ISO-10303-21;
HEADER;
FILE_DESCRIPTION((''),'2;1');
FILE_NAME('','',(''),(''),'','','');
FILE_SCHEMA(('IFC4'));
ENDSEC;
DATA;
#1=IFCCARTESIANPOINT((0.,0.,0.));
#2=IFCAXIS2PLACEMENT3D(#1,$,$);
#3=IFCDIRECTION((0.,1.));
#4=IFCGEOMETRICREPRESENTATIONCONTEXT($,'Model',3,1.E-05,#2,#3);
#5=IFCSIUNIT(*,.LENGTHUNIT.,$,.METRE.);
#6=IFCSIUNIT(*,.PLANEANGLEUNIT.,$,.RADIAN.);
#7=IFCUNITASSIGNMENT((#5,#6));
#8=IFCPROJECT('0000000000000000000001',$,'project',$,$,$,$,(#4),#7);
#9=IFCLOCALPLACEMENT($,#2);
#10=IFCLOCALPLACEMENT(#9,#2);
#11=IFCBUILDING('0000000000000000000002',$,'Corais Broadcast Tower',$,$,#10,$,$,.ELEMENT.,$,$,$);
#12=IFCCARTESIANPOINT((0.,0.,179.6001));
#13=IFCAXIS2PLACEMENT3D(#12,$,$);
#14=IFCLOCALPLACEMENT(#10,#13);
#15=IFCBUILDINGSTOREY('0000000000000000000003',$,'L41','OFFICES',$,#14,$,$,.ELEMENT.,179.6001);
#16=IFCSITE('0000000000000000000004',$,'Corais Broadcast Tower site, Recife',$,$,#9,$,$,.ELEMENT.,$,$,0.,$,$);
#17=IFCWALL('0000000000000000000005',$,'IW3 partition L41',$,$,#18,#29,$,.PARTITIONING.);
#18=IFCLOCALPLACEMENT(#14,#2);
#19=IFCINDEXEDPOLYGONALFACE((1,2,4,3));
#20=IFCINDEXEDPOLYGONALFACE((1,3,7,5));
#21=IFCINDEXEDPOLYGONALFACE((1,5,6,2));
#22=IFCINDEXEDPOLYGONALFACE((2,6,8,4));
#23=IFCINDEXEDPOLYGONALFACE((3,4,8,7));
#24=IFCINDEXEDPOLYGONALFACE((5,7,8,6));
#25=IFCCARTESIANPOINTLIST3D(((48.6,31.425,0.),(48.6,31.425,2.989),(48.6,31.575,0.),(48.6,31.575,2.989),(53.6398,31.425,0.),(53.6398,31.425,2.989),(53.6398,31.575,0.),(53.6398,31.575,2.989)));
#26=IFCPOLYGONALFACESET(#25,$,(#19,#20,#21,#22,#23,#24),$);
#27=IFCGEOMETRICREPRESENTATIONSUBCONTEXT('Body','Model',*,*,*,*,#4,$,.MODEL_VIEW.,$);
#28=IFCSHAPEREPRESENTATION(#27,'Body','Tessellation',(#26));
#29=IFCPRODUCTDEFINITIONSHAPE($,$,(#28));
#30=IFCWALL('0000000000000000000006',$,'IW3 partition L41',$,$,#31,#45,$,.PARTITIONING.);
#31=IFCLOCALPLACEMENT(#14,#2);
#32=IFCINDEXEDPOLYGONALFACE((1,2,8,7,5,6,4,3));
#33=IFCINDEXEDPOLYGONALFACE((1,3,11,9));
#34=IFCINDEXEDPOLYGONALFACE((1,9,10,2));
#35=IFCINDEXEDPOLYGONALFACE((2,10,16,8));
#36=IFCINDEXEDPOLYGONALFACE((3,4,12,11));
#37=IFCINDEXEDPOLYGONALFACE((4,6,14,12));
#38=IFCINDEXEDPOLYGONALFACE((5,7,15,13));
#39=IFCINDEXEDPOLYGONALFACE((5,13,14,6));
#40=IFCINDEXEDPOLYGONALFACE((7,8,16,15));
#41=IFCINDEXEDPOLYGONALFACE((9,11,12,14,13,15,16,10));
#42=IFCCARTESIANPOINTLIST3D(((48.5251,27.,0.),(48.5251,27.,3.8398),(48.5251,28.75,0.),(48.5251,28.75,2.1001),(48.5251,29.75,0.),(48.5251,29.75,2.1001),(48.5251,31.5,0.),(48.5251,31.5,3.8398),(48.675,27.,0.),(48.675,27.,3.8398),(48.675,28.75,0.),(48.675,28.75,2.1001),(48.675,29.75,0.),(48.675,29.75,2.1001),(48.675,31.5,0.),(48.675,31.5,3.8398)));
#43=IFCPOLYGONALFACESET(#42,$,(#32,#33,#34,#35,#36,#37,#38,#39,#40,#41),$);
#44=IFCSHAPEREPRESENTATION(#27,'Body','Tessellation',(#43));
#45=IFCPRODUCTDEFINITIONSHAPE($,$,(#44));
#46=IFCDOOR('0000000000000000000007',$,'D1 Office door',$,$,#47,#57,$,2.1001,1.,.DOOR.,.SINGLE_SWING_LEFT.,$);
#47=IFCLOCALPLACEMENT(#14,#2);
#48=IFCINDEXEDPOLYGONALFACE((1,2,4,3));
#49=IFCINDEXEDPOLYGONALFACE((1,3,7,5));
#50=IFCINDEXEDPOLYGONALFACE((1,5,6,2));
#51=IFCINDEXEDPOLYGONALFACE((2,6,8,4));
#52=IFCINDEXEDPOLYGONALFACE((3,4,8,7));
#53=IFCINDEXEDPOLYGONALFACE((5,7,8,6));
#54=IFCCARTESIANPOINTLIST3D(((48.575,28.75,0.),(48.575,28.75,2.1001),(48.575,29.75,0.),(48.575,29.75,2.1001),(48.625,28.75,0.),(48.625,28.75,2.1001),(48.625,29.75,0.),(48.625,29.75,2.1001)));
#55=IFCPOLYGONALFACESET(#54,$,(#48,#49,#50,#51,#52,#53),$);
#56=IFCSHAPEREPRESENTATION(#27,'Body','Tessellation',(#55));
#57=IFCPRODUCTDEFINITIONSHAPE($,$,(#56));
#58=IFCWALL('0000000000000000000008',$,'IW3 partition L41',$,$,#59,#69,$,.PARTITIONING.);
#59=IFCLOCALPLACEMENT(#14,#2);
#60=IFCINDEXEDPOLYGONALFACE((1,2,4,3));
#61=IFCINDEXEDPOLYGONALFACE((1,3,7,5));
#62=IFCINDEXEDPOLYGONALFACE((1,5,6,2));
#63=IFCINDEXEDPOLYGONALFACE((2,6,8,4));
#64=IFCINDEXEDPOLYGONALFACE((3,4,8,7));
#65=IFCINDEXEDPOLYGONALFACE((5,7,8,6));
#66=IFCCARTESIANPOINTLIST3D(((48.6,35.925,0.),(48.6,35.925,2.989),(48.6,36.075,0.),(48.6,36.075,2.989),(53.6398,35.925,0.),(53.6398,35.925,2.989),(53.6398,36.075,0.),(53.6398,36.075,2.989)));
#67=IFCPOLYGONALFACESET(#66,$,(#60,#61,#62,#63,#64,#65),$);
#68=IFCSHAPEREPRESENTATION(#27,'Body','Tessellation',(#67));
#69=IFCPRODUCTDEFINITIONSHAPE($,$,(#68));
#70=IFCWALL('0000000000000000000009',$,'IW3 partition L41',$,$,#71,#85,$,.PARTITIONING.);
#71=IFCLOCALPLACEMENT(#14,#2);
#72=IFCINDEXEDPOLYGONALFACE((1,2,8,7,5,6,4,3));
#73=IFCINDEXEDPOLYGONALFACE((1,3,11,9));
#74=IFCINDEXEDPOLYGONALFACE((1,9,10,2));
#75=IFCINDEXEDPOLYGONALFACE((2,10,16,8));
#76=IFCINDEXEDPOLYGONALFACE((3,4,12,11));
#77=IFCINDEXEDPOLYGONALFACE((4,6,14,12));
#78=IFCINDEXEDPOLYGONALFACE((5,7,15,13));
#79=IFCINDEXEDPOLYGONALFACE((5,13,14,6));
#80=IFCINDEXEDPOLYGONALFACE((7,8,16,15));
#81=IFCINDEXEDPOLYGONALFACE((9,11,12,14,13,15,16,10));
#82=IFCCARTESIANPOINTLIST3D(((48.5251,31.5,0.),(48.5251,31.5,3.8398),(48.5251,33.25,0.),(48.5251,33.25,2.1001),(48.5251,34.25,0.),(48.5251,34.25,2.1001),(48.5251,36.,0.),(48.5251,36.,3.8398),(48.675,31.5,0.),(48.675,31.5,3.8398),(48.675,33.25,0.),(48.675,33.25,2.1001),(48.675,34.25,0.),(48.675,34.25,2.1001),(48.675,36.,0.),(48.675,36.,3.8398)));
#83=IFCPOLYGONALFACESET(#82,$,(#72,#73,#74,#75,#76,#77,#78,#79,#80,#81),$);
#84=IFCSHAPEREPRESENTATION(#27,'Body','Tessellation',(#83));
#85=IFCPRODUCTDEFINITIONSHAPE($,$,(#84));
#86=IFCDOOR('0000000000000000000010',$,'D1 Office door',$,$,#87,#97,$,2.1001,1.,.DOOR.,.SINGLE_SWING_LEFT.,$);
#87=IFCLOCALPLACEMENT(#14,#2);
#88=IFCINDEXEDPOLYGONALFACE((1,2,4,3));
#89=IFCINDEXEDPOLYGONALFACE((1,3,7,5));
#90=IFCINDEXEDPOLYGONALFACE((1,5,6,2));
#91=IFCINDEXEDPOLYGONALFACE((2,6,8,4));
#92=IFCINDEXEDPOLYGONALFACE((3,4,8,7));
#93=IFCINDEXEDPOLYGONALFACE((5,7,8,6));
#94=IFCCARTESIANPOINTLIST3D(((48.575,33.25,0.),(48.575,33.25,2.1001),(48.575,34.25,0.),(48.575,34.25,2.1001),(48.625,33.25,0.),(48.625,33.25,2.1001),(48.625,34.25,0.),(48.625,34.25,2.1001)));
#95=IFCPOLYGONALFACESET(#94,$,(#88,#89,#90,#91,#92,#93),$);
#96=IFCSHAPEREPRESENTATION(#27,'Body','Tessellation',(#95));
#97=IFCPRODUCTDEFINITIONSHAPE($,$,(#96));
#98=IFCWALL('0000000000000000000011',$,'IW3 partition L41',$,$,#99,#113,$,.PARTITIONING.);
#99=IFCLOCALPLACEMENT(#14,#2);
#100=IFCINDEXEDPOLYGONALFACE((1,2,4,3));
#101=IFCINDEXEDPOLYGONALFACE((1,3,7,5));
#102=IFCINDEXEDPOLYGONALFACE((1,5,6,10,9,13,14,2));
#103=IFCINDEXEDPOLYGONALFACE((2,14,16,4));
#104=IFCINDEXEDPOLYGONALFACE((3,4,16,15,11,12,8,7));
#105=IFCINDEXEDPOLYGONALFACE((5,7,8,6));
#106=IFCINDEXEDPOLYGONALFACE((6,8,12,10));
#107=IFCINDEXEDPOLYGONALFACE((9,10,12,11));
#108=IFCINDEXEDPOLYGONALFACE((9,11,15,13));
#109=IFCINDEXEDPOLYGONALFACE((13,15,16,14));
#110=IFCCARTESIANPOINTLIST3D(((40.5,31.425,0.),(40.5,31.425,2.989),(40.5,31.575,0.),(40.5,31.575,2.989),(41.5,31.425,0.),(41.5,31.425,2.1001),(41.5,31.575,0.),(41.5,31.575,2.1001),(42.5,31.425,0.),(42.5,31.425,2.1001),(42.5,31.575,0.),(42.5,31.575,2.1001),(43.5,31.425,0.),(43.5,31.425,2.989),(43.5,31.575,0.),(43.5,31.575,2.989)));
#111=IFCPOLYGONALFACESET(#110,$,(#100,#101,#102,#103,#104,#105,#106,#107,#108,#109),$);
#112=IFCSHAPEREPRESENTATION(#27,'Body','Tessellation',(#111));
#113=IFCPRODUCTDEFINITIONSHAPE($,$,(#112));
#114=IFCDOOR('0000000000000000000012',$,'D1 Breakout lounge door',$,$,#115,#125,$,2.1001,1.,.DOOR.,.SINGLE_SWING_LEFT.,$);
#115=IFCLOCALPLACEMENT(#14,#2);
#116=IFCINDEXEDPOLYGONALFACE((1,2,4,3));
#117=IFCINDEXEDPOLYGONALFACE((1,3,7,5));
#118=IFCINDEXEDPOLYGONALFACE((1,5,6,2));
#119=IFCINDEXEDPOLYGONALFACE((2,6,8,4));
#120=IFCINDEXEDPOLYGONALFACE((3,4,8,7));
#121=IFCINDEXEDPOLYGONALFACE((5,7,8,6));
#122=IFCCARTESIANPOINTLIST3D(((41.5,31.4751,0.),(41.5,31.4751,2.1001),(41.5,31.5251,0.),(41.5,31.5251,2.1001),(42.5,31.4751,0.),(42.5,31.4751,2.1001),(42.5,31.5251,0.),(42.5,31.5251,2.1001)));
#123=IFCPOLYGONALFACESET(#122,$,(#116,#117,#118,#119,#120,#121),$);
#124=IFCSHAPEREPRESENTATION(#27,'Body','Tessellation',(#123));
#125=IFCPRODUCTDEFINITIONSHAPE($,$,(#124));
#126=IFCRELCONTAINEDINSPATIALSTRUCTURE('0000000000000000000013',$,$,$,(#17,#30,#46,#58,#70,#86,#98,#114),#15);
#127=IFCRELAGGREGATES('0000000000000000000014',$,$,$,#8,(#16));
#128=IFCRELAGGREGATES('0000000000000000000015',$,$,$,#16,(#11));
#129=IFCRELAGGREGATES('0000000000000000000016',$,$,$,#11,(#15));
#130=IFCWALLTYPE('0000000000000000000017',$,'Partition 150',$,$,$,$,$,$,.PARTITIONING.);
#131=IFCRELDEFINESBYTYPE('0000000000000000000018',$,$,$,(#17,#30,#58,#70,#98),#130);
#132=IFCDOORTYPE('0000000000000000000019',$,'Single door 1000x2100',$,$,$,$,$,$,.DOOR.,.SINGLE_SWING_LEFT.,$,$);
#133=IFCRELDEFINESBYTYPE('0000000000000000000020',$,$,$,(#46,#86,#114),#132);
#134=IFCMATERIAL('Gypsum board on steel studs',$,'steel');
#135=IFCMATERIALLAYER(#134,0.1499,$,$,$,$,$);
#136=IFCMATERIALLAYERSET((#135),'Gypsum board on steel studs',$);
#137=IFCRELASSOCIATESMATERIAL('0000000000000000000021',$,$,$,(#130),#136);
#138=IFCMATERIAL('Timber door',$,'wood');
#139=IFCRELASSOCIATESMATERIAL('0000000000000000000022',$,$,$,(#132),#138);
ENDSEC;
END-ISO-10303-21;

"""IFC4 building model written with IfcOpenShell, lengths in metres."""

from ifc_helpers import new_model, si_unit, direction, frame, frame_2d, origin, place, context, subcontext, project, spatial, rectangle, extrude, material, layer, layer_set, type_object, element, fill, save


model = new_model("IFC4")

# Units and contexts
model_context = context("Model", 3, precision=1e-05, world=origin(), true_north=direction((0.0, 1.0)))
body_context = subcontext(model_context, "Body", "Model", "MODEL_VIEW")
ifc_project = project(units=[si_unit("LENGTHUNIT", "METRE"), si_unit("PLANEANGLEUNIT", "RADIAN")], contexts=[model_context])

# Site, building, storey
site_placement = place(None, origin())
site = spatial("IfcSite", under=ifc_project, at=site_placement, Name="Corais Broadcast Tower site, Recife", CompositionType="ELEMENT", RefElevation=0.0)
building_placement = place(site_placement, origin())
building = spatial("IfcBuilding", under=site, at=building_placement, Name="Corais Broadcast Tower", CompositionType="ELEMENT")
storey_placement = place(building_placement, frame((0.0, 0.0, 179.6001)))
storey = spatial("IfcBuildingStorey", under=building, at=storey_placement, Name="L41", Description="OFFICES", CompositionType="ELEMENT", Elevation=179.6001)

# Shared definitions
ifc_material_1 = material(Name="Gypsum board on steel studs", Category="steel")
ifc_layer_1 = layer(ifc_material_1, 0.1499)
ifc_layer_set_1 = layer_set([ifc_layer_1], Name="Gypsum board on steel studs")
wall_type = type_object("IfcWallType", Name="Partition 150", PredefinedType="PARTITIONING", material=ifc_layer_set_1)

# Shared definitions
ifc_material_2 = material(Name="Timber door", Category="wood")
door_type = type_object("IfcDoorType", Name="Single door 1000x2100", OperationType="SINGLE_SWING_LEFT", PredefinedType="DOOR", material=ifc_material_2)

# Wall
wall_1_placement = place(storey_placement, frame((53.6399, 31.5, 0.0), z_axis=(0.0, 0.0, 1.0), x_axis=(-1.0, 0.0, 0.0)))
element("IfcWall", 1, at=wall_1_placement, inside=storey, type_object=wall_type, Name="IW3 partition L41", PredefinedType="PARTITIONING", context=body_context, shape_type="SweptSolid", body=[
    extrude(rectangle(XDim=5.0398, YDim=0.1499, at=frame_2d((2.52, 0.0))), origin(), (0.0, 0.0, 1.0), 2.989),
])

# Wall, opening, door
wall_2_placement = place(storey_placement, frame((48.6001, 31.5, 0.0), z_axis=(0.0, 0.0, 1.0), x_axis=(0.0, -1.0, 0.0)))
wall_2 = element("IfcWall", 2, at=wall_2_placement, inside=storey, type_object=wall_type, Name="IW3 partition L41", PredefinedType="PARTITIONING", context=body_context, shape_type="SweptSolid", body=[
    extrude(rectangle(XDim=4.5, YDim=0.1499, at=frame_2d((2.25, 0.0))), origin(), (0.0, 0.0, 1.0), 3.8398),
])
opening_1_placement = place(wall_2_placement, frame((1.75, 0.0, 0.0)))
opening_1 = element("IfcOpeningElement", 3, at=opening_1_placement, cuts=wall_2, PredefinedType="OPENING", context=body_context, shape_type="SweptSolid", body=[
    extrude(rectangle(XDim=1.0, YDim=2.1001, at=frame_2d((0.5, 1.05))), frame((0.0, 0.085, 0.0), z_axis=(0.0, -1.0, 0.0), x_axis=(1.0, 0.0, 0.0)), (0.0, 0.0, 1.0), 0.1699),
])
door_1_placement = place(opening_1_placement, origin())
door_1 = element("IfcDoor", 4, at=door_1_placement, inside=storey, type_object=door_type, Name="D1 Office door", OperationType="SINGLE_SWING_LEFT", OverallHeight=2.1001, OverallWidth=1.0, PredefinedType="DOOR", context=body_context, shape_type="SweptSolid", body=[
    extrude(rectangle(XDim=1.0, YDim=2.1001, at=frame_2d((0.5, 1.05))), frame((0.0, 0.0249, 0.0), z_axis=(0.0, -1.0, 0.0), x_axis=(1.0, 0.0, 0.0)), (0.0, 0.0, 1.0), 0.05),
])
fill(opening_1, door_1)

# Wall
wall_3_placement = place(storey_placement, frame((53.6399, 36.0, 0.0), z_axis=(0.0, 0.0, 1.0), x_axis=(-1.0, 0.0, 0.0)))
element("IfcWall", 5, at=wall_3_placement, inside=storey, type_object=wall_type, Name="IW3 partition L41", PredefinedType="PARTITIONING", context=body_context, shape_type="SweptSolid", body=[
    extrude(rectangle(XDim=5.0398, YDim=0.1499, at=frame_2d((2.52, 0.0))), origin(), (0.0, 0.0, 1.0), 2.989),
])

# Walls, openings, doors
wall_4_placement = place(storey_placement, frame((48.6001, 36.0, 0.0), z_axis=(0.0, 0.0, 1.0), x_axis=(0.0, -1.0, 0.0)))
wall_4 = element("IfcWall", 6, at=wall_4_placement, inside=storey, type_object=wall_type, Name="IW3 partition L41", PredefinedType="PARTITIONING", context=body_context, shape_type="SweptSolid", body=[
    extrude(rectangle(XDim=4.5, YDim=0.1499, at=frame_2d((2.25, 0.0))), origin(), (0.0, 0.0, 1.0), 3.8398),
])
opening_2_placement = place(wall_4_placement, frame((1.75, 0.0, 0.0)))
opening_2 = element("IfcOpeningElement", 7, at=opening_2_placement, cuts=wall_4, PredefinedType="OPENING", context=body_context, shape_type="SweptSolid", body=[
    extrude(rectangle(XDim=1.0, YDim=2.1001, at=frame_2d((0.5, 1.05))), frame((0.0, 0.085, 0.0), z_axis=(0.0, -1.0, 0.0), x_axis=(1.0, 0.0, 0.0)), (0.0, 0.0, 1.0), 0.1699),
])
door_2_placement = place(opening_2_placement, origin())
door_2 = element("IfcDoor", 8, at=door_2_placement, inside=storey, type_object=door_type, Name="D1 Office door", OperationType="SINGLE_SWING_LEFT", OverallHeight=2.1001, OverallWidth=1.0, PredefinedType="DOOR", context=body_context, shape_type="SweptSolid", body=[
    extrude(rectangle(XDim=1.0, YDim=2.1001, at=frame_2d((0.5, 1.05))), frame((0.0, 0.0249, 0.0), z_axis=(0.0, -1.0, 0.0), x_axis=(1.0, 0.0, 0.0)), (0.0, 0.0, 1.0), 0.05),
])
fill(opening_2, door_2)
wall_5_placement = place(storey_placement, frame((43.5, 31.5, 0.0), z_axis=(0.0, 0.0, 1.0), x_axis=(-1.0, 0.0, 0.0)))
wall_5 = element("IfcWall", 9, at=wall_5_placement, inside=storey, type_object=wall_type, Name="IW3 partition L41", PredefinedType="PARTITIONING", context=body_context, shape_type="SweptSolid", body=[
    extrude(rectangle(XDim=3.0, YDim=0.1499, at=frame_2d((1.5, 0.0))), origin(), (0.0, 0.0, 1.0), 2.989),
])
opening_3_placement = place(wall_5_placement, frame((1.0, 0.0, 0.0)))
opening_3 = element("IfcOpeningElement", 10, at=opening_3_placement, cuts=wall_5, PredefinedType="OPENING", context=body_context, shape_type="SweptSolid", body=[
    extrude(rectangle(XDim=1.0, YDim=2.1001, at=frame_2d((0.5, 1.05))), frame((0.0, 0.085, 0.0), z_axis=(0.0, -1.0, 0.0), x_axis=(1.0, 0.0, 0.0)), (0.0, 0.0, 1.0), 0.1699),
])
door_3_placement = place(opening_3_placement, origin())
door_3 = element("IfcDoor", 11, at=door_3_placement, inside=storey, type_object=door_type, Name="D1 Breakout lounge door", OperationType="SINGLE_SWING_LEFT", OverallHeight=2.1001, OverallWidth=1.0, PredefinedType="DOOR", context=body_context, shape_type="SweptSolid", body=[
    extrude(rectangle(XDim=1.0, YDim=2.1001, at=frame_2d((0.5, 1.05))), frame((0.0, 0.0249, 0.0), z_axis=(0.0, -1.0, 0.0), x_axis=(1.0, 0.0, 0.0)), (0.0, 0.0, 1.0), 0.05),
])
fill(opening_3, door_3)

save(model, "model.ifc")
